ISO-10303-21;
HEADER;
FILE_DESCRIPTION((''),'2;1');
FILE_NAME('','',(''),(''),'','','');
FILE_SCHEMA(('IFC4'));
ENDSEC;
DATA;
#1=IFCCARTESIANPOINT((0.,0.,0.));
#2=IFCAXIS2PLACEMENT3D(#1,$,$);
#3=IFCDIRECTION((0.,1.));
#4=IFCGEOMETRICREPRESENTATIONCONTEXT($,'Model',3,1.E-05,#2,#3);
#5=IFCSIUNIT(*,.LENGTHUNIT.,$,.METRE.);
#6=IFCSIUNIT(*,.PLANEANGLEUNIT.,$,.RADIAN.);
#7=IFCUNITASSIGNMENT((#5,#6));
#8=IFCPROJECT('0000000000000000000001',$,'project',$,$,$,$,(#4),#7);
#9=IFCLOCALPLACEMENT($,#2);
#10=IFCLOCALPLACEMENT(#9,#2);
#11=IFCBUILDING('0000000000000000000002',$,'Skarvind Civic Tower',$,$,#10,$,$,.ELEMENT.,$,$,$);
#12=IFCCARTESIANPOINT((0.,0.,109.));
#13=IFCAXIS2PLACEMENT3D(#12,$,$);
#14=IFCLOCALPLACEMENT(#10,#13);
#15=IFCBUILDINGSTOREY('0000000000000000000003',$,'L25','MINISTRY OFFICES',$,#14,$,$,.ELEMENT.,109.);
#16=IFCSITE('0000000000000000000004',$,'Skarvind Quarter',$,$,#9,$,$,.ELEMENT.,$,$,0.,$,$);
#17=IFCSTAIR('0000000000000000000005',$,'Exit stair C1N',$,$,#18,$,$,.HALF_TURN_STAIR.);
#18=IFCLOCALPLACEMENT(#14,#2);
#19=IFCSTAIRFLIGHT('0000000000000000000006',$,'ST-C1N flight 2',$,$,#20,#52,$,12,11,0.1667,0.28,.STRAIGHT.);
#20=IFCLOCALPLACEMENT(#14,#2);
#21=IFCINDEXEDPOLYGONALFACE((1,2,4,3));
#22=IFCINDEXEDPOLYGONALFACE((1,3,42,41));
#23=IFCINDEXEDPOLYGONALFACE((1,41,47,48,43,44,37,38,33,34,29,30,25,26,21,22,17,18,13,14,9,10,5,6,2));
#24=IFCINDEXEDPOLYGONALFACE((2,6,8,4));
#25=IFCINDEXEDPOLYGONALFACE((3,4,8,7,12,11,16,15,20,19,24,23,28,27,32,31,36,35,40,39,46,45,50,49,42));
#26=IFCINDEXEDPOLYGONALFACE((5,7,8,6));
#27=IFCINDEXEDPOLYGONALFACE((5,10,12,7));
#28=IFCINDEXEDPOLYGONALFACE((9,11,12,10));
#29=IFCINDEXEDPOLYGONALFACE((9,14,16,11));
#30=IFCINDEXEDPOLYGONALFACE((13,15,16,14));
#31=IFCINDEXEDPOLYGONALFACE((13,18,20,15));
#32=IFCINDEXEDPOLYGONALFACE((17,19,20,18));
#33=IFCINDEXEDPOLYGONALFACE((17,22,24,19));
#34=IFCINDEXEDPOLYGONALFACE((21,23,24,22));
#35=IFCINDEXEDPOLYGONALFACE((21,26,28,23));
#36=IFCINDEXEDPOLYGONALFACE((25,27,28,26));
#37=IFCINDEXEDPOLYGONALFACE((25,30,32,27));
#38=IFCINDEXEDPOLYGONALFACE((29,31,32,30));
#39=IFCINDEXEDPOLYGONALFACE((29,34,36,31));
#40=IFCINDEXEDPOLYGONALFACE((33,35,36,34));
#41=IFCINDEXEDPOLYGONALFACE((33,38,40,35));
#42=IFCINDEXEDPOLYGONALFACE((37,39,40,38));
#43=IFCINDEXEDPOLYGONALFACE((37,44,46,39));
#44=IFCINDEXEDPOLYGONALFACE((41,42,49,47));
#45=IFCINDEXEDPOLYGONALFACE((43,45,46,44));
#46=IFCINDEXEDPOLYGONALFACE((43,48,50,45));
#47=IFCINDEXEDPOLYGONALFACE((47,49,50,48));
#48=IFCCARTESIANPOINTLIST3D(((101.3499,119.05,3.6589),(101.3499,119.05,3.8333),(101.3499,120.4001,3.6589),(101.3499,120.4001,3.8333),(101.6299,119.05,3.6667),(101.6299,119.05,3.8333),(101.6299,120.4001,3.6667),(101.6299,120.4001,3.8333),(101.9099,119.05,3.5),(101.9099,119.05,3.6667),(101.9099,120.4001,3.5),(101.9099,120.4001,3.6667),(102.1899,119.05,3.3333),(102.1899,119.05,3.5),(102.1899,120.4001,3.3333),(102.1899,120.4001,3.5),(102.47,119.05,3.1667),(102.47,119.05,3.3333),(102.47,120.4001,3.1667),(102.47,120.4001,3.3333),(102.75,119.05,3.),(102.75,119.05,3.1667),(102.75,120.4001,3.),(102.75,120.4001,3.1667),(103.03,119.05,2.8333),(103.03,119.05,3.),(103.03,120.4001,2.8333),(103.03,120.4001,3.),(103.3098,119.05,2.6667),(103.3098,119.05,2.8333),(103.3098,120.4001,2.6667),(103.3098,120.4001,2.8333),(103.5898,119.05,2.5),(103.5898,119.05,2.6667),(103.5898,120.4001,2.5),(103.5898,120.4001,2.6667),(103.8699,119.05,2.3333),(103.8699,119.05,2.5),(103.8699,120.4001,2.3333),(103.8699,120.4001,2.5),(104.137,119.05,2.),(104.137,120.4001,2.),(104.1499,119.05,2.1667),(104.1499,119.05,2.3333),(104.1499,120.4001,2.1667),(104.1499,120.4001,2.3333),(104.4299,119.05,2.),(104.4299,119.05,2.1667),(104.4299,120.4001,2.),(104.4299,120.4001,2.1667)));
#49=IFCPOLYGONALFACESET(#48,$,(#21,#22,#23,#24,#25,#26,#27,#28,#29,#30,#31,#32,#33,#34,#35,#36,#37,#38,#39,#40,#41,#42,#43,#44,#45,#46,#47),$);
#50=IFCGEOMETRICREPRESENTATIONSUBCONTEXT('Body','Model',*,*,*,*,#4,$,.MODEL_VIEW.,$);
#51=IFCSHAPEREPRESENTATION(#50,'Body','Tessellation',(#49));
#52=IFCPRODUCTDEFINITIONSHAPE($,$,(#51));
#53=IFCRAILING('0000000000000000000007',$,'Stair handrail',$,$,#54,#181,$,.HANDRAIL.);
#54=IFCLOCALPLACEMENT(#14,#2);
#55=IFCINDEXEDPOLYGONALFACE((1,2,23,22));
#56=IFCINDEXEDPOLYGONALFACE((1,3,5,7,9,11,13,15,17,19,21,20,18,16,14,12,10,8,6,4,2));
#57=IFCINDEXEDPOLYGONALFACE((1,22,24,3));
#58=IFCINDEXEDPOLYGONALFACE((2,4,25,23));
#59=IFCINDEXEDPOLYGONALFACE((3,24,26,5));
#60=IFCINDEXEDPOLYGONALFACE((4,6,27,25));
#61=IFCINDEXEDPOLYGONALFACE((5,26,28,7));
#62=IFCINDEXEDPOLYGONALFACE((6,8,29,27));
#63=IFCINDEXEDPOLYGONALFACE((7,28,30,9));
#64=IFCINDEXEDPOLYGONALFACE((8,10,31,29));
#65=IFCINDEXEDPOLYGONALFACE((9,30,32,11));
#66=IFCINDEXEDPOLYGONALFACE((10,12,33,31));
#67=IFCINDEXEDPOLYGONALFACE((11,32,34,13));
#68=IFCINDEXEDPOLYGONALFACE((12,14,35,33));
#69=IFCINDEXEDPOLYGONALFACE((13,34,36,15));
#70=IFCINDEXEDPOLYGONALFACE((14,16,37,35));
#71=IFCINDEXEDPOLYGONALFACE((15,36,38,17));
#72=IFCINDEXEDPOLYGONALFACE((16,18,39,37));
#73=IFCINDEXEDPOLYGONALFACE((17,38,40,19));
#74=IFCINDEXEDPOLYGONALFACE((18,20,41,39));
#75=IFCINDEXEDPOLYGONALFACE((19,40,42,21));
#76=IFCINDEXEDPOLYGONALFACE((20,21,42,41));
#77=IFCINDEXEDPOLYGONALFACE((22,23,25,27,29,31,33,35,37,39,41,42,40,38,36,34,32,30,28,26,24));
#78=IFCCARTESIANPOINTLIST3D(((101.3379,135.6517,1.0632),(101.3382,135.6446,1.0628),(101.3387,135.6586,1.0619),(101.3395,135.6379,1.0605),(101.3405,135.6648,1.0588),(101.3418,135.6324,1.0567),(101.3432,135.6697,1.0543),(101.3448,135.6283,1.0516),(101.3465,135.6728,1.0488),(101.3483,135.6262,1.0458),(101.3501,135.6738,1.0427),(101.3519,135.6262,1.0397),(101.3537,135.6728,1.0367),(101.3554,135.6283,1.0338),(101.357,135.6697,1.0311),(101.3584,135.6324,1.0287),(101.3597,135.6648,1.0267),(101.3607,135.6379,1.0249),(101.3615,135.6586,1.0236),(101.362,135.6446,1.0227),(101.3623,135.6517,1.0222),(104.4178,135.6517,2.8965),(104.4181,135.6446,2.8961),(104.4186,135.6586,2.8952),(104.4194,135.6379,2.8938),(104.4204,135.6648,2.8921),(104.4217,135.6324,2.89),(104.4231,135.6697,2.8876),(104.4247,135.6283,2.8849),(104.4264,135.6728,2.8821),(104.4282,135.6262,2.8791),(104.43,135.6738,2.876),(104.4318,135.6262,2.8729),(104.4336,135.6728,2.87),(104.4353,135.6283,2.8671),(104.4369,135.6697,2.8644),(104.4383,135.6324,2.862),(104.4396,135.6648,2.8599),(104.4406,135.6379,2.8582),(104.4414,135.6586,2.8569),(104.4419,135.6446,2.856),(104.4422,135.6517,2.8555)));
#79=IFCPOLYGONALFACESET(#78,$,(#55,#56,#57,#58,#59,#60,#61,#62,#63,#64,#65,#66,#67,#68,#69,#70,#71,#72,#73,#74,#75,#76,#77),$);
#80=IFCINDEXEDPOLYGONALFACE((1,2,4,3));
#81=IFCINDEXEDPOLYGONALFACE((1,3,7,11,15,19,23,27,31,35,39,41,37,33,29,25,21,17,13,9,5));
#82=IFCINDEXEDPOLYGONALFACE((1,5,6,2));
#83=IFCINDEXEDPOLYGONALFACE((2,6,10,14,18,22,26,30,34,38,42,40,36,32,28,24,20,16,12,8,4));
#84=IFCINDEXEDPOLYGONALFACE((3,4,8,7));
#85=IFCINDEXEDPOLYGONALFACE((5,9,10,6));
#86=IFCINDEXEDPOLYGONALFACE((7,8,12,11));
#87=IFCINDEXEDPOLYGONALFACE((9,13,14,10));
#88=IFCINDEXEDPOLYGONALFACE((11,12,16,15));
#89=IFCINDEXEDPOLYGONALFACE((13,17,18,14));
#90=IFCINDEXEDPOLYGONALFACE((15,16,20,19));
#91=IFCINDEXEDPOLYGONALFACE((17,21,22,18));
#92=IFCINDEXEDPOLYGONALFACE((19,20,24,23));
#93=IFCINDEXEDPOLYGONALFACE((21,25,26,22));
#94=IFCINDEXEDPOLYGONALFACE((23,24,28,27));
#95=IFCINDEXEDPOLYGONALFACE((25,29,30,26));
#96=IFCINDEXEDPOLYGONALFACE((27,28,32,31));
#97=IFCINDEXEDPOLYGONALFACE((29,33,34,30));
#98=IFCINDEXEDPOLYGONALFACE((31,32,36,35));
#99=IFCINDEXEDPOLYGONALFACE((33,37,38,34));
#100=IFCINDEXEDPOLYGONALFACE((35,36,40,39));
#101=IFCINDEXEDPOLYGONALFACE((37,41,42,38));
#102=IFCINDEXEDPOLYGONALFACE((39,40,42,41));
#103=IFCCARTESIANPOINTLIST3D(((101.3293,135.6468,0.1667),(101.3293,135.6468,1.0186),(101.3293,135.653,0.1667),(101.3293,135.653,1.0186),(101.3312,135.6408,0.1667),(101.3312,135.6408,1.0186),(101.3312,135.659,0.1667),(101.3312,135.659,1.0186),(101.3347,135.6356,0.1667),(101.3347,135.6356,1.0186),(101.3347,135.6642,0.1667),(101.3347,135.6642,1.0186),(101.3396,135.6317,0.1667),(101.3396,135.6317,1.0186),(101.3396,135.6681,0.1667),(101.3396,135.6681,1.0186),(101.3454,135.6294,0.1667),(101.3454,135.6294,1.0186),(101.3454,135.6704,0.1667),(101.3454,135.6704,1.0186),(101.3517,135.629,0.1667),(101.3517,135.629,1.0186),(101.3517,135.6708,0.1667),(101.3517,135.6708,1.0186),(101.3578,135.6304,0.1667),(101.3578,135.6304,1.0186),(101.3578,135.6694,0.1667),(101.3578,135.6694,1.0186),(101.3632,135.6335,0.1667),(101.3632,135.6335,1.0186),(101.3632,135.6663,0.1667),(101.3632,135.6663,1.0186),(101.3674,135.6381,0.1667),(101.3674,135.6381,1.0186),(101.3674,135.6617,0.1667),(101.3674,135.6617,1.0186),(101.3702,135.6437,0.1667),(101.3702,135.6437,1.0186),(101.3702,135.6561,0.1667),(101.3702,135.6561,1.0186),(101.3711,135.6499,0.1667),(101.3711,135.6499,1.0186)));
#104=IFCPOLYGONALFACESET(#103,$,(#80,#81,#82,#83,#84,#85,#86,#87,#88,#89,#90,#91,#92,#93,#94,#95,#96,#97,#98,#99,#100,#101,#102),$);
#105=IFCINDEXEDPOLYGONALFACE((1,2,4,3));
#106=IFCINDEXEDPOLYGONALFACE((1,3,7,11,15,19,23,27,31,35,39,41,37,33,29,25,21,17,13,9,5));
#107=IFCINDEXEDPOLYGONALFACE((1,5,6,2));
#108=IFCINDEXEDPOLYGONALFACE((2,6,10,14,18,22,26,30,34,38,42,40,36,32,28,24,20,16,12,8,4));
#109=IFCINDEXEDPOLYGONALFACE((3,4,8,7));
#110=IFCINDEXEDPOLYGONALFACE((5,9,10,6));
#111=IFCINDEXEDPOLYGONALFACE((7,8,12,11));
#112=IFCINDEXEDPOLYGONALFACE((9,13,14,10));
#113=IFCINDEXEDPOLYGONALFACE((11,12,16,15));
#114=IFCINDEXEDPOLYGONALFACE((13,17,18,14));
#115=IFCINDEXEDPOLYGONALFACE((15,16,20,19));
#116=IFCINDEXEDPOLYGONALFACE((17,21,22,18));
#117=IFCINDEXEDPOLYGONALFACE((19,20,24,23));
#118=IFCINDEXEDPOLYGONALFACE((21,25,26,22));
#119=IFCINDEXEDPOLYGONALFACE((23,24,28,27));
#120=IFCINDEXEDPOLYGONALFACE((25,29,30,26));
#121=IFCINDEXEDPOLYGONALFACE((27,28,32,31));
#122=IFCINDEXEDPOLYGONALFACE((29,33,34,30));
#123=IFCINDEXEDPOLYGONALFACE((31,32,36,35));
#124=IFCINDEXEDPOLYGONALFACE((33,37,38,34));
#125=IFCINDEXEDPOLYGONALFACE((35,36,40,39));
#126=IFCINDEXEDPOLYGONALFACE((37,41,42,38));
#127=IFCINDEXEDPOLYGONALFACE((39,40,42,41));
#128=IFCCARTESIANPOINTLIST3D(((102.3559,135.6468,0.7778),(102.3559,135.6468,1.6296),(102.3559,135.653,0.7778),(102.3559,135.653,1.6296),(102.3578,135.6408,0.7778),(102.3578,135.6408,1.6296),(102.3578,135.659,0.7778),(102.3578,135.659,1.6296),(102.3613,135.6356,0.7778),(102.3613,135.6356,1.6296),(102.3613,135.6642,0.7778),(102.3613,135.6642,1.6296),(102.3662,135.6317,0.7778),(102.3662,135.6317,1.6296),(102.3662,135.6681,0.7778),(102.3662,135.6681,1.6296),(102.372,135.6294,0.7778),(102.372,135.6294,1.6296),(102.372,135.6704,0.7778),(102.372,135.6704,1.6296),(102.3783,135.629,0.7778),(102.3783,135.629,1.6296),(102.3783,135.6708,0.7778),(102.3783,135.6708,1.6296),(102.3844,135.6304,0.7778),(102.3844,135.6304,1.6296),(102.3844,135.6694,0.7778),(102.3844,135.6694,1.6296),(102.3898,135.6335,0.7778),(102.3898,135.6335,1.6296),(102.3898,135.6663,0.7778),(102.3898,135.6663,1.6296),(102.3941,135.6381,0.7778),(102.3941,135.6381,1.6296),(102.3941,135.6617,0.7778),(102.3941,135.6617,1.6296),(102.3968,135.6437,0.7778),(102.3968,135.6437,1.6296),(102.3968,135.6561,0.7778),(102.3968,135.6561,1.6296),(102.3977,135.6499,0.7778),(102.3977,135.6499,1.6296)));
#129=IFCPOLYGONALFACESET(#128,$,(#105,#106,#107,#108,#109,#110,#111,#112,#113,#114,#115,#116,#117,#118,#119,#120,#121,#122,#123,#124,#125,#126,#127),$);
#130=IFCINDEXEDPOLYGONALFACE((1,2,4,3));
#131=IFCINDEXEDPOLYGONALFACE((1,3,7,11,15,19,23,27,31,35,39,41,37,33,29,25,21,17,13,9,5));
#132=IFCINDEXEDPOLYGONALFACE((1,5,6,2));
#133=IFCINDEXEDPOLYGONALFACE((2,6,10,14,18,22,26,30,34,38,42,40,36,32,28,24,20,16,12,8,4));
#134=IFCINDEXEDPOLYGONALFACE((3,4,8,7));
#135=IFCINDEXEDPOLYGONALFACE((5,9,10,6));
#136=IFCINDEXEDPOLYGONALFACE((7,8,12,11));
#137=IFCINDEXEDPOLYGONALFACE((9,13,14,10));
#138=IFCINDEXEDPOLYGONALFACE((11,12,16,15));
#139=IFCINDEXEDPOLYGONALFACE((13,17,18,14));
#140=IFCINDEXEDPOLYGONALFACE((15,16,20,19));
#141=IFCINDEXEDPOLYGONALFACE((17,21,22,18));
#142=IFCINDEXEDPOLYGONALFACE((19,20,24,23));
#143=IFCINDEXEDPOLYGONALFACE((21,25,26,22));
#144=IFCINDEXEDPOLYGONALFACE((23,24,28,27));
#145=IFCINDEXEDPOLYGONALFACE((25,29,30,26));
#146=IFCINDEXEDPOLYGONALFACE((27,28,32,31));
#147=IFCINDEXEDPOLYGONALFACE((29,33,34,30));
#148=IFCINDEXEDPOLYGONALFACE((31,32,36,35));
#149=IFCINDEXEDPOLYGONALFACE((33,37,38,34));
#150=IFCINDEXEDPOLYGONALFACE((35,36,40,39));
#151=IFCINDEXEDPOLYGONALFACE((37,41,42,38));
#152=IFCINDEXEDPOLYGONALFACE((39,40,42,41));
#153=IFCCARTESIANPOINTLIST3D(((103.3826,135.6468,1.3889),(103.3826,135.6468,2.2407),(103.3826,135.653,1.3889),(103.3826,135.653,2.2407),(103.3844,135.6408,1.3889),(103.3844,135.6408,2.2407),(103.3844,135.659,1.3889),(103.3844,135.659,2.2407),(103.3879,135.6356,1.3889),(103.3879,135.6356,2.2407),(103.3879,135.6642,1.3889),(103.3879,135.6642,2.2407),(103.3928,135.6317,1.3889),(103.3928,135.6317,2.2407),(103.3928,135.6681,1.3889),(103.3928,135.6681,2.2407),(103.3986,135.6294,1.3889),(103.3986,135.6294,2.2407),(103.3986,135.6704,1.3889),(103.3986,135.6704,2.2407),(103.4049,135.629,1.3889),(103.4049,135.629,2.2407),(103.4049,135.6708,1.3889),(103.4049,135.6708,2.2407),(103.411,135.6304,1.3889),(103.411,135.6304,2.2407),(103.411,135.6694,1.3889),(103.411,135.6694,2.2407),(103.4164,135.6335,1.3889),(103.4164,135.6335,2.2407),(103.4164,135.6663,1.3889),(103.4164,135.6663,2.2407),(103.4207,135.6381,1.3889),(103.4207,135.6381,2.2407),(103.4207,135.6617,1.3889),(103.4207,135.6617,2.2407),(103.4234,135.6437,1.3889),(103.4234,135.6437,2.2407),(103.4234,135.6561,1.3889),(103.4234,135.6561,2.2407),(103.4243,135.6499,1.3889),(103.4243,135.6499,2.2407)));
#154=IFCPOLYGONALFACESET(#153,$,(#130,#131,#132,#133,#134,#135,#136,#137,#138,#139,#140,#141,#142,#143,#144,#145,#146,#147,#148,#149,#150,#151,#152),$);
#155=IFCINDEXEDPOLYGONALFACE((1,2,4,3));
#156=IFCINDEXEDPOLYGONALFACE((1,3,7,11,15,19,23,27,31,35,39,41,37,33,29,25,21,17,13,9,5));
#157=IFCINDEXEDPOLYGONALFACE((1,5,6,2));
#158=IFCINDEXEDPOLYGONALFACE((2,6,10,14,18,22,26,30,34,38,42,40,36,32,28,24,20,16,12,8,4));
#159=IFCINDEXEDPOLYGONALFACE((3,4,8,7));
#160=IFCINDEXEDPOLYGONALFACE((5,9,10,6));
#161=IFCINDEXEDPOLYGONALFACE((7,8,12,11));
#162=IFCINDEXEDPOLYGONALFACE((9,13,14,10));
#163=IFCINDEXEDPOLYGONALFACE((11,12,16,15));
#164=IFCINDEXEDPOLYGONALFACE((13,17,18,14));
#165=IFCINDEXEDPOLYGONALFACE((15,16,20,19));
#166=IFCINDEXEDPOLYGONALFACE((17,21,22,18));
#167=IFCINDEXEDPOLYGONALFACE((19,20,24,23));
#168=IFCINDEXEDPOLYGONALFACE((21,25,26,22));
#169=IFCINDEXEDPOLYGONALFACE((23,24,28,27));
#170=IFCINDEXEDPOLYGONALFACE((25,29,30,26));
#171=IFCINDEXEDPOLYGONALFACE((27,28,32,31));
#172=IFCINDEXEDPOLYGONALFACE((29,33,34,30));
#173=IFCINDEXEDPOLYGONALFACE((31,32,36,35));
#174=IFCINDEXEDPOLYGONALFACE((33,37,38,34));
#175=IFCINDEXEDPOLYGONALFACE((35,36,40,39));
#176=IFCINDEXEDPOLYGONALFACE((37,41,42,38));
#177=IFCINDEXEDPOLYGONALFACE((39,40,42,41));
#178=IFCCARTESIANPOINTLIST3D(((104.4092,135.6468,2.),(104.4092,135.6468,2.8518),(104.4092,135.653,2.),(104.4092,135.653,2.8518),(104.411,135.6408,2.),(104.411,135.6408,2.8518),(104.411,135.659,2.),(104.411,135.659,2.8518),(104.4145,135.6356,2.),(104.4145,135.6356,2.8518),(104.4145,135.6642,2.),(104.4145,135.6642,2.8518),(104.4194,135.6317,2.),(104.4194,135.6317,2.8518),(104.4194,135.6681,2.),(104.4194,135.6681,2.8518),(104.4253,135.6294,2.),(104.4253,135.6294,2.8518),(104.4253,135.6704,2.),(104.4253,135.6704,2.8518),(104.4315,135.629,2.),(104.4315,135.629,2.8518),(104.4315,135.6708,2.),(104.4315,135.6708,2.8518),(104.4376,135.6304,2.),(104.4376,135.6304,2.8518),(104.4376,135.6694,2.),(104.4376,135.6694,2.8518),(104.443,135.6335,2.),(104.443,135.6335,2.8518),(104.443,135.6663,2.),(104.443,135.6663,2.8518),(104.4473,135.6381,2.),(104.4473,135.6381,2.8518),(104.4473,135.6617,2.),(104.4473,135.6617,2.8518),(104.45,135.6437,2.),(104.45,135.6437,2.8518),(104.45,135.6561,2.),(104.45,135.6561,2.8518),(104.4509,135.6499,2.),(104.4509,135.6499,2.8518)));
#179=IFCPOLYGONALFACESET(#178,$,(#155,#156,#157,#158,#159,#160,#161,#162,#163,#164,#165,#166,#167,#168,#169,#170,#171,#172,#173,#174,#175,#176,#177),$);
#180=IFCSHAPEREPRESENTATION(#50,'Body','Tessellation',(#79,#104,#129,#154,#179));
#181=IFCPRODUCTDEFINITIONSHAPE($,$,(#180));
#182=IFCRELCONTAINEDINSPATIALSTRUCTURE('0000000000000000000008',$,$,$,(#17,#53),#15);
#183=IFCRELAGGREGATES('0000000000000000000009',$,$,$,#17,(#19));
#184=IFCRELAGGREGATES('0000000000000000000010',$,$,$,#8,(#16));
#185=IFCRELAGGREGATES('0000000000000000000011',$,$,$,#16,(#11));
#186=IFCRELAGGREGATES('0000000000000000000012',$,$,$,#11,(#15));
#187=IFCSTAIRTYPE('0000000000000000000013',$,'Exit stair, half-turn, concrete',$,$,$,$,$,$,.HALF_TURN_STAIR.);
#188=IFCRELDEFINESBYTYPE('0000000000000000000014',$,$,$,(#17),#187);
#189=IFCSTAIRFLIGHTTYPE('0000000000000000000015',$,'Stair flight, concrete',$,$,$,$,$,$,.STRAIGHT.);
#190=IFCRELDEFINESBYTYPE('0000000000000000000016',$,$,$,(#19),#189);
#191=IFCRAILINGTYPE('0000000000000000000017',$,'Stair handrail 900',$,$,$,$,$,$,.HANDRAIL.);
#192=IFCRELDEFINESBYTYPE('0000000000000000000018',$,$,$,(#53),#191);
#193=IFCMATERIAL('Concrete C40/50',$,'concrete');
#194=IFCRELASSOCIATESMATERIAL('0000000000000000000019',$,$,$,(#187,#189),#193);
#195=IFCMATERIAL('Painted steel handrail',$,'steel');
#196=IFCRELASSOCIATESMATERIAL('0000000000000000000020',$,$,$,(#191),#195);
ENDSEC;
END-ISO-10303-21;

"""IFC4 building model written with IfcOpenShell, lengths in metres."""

from ifc_helpers import new_model, si_unit, direction, frame, origin, origin_2d, place, context, subcontext, project, spatial, polyline, circle, outline, extrude, material, type_object, element, aggregate, save


model = new_model("IFC4")

# Units and contexts
model_context = context("Model", 3, precision=1e-05, world=origin(), true_north=direction((0.0, 1.0)))
body_context = subcontext(model_context, "Body", "Model", "MODEL_VIEW")
ifc_project = project(units=[si_unit("LENGTHUNIT", "METRE"), si_unit("PLANEANGLEUNIT", "RADIAN")], contexts=[model_context])

# Site, building, storey
site_placement = place(None, origin())
site = spatial("IfcSite", under=ifc_project, at=site_placement, Name="Skarvind Quarter", CompositionType="ELEMENT", RefElevation=0.0)
building_placement = place(site_placement, origin())
building = spatial("IfcBuilding", under=site, at=building_placement, Name="Skarvind Civic Tower", CompositionType="ELEMENT")
storey_placement = place(building_placement, frame((0.0, 0.0, 109.0)))
storey = spatial("IfcBuildingStorey", under=building, at=storey_placement, Name="L25", Description="MINISTRY OFFICES", CompositionType="ELEMENT", Elevation=109.0)

# Stair, stair flight
ifc_material_1 = material(Name="Concrete C40/50", Category="concrete")
stair_type = type_object("IfcStairType", Name="Exit stair, half-turn, concrete", PredefinedType="HALF_TURN_STAIR", material=ifc_material_1)
stair_flight_type = type_object("IfcStairFlightType", Name="Stair flight, concrete", PredefinedType="STRAIGHT", material=ifc_material_1)
stair_1_placement = place(storey_placement, origin())
stair_1 = element("IfcStair", 1, at=stair_1_placement, inside=storey, type_object=stair_type, Name="Exit stair C1N", PredefinedType="HALF_TURN_STAIR")
stair_flight_1_placement = place(storey_placement, frame((104.4299, 119.7251, 2.0), z_axis=(0.0, 0.0, 1.0), x_axis=(-1.0, 0.0, 0.0)))
stair_flight_1 = element("IfcStairFlight", 2, at=stair_flight_1_placement, type_object=stair_flight_type, Name="ST-C1N flight 2", NumberOfRisers=12, NumberOfTreads=11, PredefinedType="STRAIGHT", RiserHeight=0.1667, TreadLength=0.28, context=body_context, shape_type="SweptSolid", body=[
    extrude(outline(polyline([(0.0, 0.0), (0.0, 0.1667), (0.28, 0.1667), (0.28, 0.3333), (0.5601, 0.3333), (0.5601, 0.5), (0.8401, 0.5), (0.8401, 0.6667), (1.1201, 0.6667), (1.1201, 0.8333), (1.3999, 0.8333), (1.3999, 1.0), (1.6799, 1.0), (1.6799, 1.1667), (1.96, 1.1667), (1.96, 1.3333), (2.24, 1.3333), (2.24, 1.5), (2.52, 1.5), (2.52, 1.6667), (2.8, 1.6667), (2.8, 1.8333), (3.0801, 1.8333), (3.0801, 2.0), (3.0801, 1.6589), (0.293, 0.0), (0.0, 0.0)])), frame((0.0, 0.675, 0.0), z_axis=(0.0, -1.0, 0.0), x_axis=(1.0, 0.0, 0.0)), (0.0, 0.0, 1.0), 1.3501),
])
aggregate(stair_1, [stair_flight_1])

# Railing
ifc_material_2 = material(Name="Painted steel handrail", Category="steel")
railing_type = type_object("IfcRailingType", Name="Stair handrail 900", PredefinedType="HANDRAIL", material=ifc_material_2)
railing_1_placement = place(storey_placement, frame((101.3501, 135.6499, 0.1667)))
element("IfcRailing", 3, at=railing_1_placement, inside=storey, type_object=railing_type, Name="Stair handrail", PredefinedType="HANDRAIL", context=body_context, shape_type="SweptSolid", body=[
    extrude(circle(Radius=0.0239, at=origin_2d()), frame((0.0, 0.0, 0.876), z_axis=(0.859291, 0.0, 0.511487), x_axis=(0.0, 1.0, 0.0)), (0.0, 0.0, 1.0), 3.5842),
    extrude(circle(Radius=0.021, at=origin_2d()), origin(), (0.0, 0.0, 1.0), 0.8518),
    extrude(circle(Radius=0.021, at=origin_2d()), frame((1.0266, 0.0, 0.6111)), (0.0, 0.0, 1.0), 0.8518),
    extrude(circle(Radius=0.021, at=origin_2d()), frame((2.0532, 0.0, 1.2222)), (0.0, 0.0, 1.0), 0.8518),
    extrude(circle(Radius=0.021, at=origin_2d()), frame((3.0798, 0.0, 1.8333)), (0.0, 0.0, 1.0), 0.8518),
])

save(model, "model.ifc")
